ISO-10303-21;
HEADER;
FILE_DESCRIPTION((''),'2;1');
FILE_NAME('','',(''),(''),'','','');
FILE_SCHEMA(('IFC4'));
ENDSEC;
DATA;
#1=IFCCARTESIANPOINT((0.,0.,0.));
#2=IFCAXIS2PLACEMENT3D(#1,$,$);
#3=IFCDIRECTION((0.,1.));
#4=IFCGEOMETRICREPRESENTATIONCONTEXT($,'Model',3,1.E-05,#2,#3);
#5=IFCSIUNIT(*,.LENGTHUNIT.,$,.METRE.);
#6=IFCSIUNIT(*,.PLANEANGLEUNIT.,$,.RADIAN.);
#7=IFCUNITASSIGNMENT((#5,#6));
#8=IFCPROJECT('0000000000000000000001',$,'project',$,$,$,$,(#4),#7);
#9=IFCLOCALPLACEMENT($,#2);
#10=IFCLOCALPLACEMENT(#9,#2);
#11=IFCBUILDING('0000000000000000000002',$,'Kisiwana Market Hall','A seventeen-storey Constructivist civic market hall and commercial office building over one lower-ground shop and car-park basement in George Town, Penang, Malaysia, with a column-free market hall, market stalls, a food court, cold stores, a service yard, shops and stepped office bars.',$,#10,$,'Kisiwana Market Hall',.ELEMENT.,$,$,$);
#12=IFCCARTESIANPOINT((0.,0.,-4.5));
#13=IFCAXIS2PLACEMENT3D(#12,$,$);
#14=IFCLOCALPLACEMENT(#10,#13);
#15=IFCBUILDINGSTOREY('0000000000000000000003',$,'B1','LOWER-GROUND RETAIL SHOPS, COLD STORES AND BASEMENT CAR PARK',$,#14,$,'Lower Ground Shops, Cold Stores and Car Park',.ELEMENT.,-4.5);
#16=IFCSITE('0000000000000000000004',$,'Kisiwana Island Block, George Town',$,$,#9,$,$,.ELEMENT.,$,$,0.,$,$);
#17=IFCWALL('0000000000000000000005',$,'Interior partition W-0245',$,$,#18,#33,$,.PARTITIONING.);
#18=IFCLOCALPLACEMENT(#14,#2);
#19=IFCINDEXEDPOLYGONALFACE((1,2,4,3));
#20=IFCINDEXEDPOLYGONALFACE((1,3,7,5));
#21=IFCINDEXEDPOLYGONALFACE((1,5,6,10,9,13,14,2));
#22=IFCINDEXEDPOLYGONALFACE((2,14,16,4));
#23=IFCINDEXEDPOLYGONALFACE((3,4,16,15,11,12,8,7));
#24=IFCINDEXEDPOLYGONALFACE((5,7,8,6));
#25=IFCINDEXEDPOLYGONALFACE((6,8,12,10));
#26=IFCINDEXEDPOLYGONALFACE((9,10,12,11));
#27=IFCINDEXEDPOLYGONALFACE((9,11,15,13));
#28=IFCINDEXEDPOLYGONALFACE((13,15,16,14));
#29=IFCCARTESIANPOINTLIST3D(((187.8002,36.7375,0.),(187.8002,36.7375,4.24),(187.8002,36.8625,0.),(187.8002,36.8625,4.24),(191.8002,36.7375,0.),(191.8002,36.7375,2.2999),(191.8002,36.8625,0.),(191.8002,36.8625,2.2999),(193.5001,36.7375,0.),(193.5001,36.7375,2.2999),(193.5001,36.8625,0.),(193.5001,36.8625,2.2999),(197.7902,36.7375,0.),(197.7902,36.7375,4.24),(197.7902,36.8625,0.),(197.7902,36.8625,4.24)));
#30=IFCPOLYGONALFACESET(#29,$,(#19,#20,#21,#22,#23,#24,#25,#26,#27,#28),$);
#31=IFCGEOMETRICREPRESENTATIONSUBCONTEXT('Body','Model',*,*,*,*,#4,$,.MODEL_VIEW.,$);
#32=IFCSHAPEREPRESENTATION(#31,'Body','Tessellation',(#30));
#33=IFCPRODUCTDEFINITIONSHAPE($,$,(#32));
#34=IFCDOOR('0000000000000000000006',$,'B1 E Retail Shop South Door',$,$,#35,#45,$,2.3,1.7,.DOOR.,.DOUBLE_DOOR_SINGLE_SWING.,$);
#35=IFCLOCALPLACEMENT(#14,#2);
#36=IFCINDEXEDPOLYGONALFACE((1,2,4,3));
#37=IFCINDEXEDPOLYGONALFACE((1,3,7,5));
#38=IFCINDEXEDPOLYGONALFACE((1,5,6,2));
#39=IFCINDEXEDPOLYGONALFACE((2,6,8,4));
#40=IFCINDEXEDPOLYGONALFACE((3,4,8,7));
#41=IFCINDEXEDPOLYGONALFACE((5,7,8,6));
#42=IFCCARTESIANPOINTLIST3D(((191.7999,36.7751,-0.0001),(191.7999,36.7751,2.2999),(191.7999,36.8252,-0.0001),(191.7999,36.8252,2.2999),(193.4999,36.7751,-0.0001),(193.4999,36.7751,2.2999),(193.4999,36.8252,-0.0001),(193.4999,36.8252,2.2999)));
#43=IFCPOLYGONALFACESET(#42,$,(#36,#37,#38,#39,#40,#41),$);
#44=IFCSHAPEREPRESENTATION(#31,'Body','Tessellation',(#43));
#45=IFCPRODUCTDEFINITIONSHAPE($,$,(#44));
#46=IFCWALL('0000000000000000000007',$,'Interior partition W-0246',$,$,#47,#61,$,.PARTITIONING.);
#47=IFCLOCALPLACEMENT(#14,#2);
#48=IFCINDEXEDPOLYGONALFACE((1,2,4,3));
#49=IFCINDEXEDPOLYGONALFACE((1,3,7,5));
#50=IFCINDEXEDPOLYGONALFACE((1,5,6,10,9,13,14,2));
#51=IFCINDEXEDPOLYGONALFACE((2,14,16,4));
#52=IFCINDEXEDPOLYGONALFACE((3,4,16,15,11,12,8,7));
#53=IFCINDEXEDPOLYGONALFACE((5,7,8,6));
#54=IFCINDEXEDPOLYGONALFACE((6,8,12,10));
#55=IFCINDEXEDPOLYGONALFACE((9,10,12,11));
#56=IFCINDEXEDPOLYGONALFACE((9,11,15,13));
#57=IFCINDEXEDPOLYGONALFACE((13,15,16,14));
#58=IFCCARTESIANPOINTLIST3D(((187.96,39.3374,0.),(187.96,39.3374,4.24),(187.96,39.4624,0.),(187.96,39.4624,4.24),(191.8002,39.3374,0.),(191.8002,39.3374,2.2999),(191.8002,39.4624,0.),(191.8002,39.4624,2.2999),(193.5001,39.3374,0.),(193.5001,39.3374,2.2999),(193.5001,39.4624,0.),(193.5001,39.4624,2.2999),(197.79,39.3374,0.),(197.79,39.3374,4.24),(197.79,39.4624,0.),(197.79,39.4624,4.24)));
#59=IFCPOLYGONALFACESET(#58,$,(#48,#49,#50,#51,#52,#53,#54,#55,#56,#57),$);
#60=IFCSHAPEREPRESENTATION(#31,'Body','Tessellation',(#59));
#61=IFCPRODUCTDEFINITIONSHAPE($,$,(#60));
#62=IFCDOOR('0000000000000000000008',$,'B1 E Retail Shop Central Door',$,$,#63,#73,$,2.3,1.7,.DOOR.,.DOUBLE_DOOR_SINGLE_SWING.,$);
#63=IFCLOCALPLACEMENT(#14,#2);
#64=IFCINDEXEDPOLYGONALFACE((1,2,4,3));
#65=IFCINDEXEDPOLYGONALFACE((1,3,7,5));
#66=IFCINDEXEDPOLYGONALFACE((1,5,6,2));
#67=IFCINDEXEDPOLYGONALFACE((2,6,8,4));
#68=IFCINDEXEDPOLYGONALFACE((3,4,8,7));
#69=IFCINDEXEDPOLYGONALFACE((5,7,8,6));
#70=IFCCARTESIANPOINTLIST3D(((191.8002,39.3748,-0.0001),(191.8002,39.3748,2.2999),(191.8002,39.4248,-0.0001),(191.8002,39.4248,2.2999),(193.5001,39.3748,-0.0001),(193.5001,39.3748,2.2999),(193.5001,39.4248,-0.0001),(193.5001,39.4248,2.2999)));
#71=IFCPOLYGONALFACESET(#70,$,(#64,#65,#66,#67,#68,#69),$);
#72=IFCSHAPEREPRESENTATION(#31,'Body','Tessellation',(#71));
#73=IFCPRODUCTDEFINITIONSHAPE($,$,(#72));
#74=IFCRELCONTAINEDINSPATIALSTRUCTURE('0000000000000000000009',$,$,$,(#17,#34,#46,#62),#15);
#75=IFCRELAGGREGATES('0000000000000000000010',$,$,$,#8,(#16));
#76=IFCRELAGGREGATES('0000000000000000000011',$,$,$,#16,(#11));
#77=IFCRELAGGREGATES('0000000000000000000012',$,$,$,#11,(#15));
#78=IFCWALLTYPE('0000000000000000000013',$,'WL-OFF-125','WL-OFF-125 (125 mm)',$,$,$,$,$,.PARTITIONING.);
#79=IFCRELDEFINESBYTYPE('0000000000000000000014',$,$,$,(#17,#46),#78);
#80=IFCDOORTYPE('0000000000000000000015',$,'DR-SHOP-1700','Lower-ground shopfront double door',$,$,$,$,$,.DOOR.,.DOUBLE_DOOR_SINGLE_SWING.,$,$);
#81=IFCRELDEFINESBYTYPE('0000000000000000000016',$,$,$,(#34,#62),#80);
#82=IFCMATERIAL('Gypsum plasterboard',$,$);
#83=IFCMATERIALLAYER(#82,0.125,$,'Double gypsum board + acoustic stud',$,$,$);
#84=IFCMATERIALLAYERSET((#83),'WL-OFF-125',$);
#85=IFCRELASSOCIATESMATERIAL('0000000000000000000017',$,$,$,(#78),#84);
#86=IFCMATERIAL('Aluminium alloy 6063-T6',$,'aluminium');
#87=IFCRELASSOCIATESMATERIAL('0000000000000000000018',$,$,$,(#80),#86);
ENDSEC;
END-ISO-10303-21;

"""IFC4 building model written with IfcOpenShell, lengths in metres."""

from ifc_helpers import new_model, si_unit, direction, frame, frame_2d, origin, place, context, subcontext, project, spatial, rectangle, extrude, material, layer, layer_set, type_object, element, fill, save


model = new_model("IFC4")

# Units and contexts
model_context = context("Model", 3, precision=1e-05, world=origin(), true_north=direction((0.0, 1.0)))
body_context = subcontext(model_context, "Body", "Model", "MODEL_VIEW")
ifc_project = project(units=[si_unit("LENGTHUNIT", "METRE"), si_unit("PLANEANGLEUNIT", "RADIAN")], contexts=[model_context])

# Site, building, storey
site_placement = place(None, origin())
site = spatial("IfcSite", under=ifc_project, at=site_placement, Name="Kisiwana Island Block, George Town", CompositionType="ELEMENT", RefElevation=0.0)
building_placement = place(site_placement, origin())
building = spatial("IfcBuilding", under=site, at=building_placement, Name="Kisiwana Market Hall", Description="A seventeen-storey Constructivist civic market hall and commercial office building over one lower-ground shop and car-park basement in George Town, Penang, Malaysia, with a column-free market hall, market stalls, a food court, cold stores, a service yard, shops and stepped office bars.", LongName="Kisiwana Market Hall", CompositionType="ELEMENT")
storey_placement = place(building_placement, frame((0.0, 0.0, -4.5)))
storey = spatial("IfcBuildingStorey", under=building, at=storey_placement, Name="B1", Description="LOWER-GROUND RETAIL SHOPS, COLD STORES AND BASEMENT CAR PARK", LongName="Lower Ground Shops, Cold Stores and Car Park", CompositionType="ELEMENT", Elevation=-4.5)

# Shared definitions
ifc_material_1 = material(Name="Gypsum plasterboard")
ifc_layer_1 = layer(ifc_material_1, 0.125, Name="Double gypsum board + acoustic stud")
ifc_layer_set_1 = layer_set([ifc_layer_1], Name="WL-OFF-125")
wall_type_1 = type_object("IfcWallType", Name="WL-OFF-125", Description="WL-OFF-125 (125 mm)", PredefinedType="PARTITIONING", material=ifc_layer_set_1)

# Walls, openings, doors
wall_1_placement = place(storey_placement, frame((187.8, 36.8, 0.0), z_axis=(0.0, 0.0, 1.0), x_axis=(1.0, 0.0, 0.0)))
wall_1 = element("IfcWall", 1, at=wall_1_placement, inside=storey, type_object=wall_type_1, Name="Interior partition W-0245", PredefinedType="PARTITIONING", context=body_context, shape_type="SweptSolid", body=[
    extrude(rectangle(XDim=9.99, YDim=0.125, at=frame_2d((4.9951, 0.0))), origin(), (0.0, 0.0, 1.0), 4.24),
])
opening_1_placement = place(wall_1_placement, frame((4.0, 0.0, 0.0)))
opening_1 = element("IfcOpeningElement", 2, at=opening_1_placement, cuts=wall_1, PredefinedType="OPENING", context=body_context, shape_type="SweptSolid", body=[
    extrude(rectangle(XDim=1.7, YDim=2.3, at=frame_2d((0.8501, 1.1499))), frame((0.0, 0.0745, 0.0), z_axis=(0.0, -1.0, 0.0), x_axis=(1.0, 0.0, 0.0)), (0.0, 0.0, 1.0), 0.1489),
])
ifc_material_2 = material(Name="Aluminium alloy 6063-T6", Category="aluminium")
door_type_1 = type_object("IfcDoorType", Name="DR-SHOP-1700", Description="Lower-ground shopfront double door", OperationType="DOUBLE_DOOR_SINGLE_SWING", PredefinedType="DOOR", material=ifc_material_2)
door_1_placement = place(opening_1_placement, frame((1.7, 0.0, 0.0), z_axis=(0.0, 0.0, 1.0), x_axis=(-1.0, 0.0, 0.0)))
door_1 = element("IfcDoor", 3, at=door_1_placement, inside=storey, type_object=door_type_1, Name="B1 E Retail Shop South Door", OperationType="DOUBLE_DOOR_SINGLE_SWING", OverallHeight=2.3, OverallWidth=1.7, PredefinedType="DOOR", context=body_context, shape_type="SweptSolid", body=[
    extrude(rectangle(XDim=1.7, YDim=2.3, at=frame_2d((0.8501, 1.1499))), frame((0.0, 0.0249, 0.0), z_axis=(0.0, -1.0, 0.0), x_axis=(1.0, 0.0, 0.0)), (0.0, 0.0, 1.0), 0.05),
])
fill(opening_1, door_1)
wall_2_placement = place(storey_placement, frame((187.96, 39.3999, 0.0), z_axis=(0.0, 0.0, 1.0), x_axis=(1.0, 0.0, 0.0)))
wall_2 = element("IfcWall", 4, at=wall_2_placement, inside=storey, type_object=wall_type_1, Name="Interior partition W-0246", PredefinedType="PARTITIONING", context=body_context, shape_type="SweptSolid", body=[
    extrude(rectangle(XDim=9.8301, YDim=0.125, at=frame_2d((4.915, 0.0))), origin(), (0.0, 0.0, 1.0), 4.24),
])
opening_2_placement = place(wall_2_placement, frame((3.8401, 0.0, 0.0)))
opening_2 = element("IfcOpeningElement", 5, at=opening_2_placement, cuts=wall_2, PredefinedType="OPENING", context=body_context, shape_type="SweptSolid", body=[
    extrude(rectangle(XDim=1.7, YDim=2.3, at=frame_2d((0.8501, 1.1499))), frame((0.0, 0.0745, 0.0), z_axis=(0.0, -1.0, 0.0), x_axis=(1.0, 0.0, 0.0)), (0.0, 0.0, 1.0), 0.1489),
])
door_2_placement = place(opening_2_placement, origin())
door_2 = element("IfcDoor", 6, at=door_2_placement, inside=storey, type_object=door_type_1, Name="B1 E Retail Shop Central Door", OperationType="DOUBLE_DOOR_SINGLE_SWING", OverallHeight=2.3, OverallWidth=1.7, PredefinedType="DOOR", context=body_context, shape_type="SweptSolid", body=[
    extrude(rectangle(XDim=1.7, YDim=2.3, at=frame_2d((0.8501, 1.1499))), frame((0.0, 0.0249, 0.0), z_axis=(0.0, -1.0, 0.0), x_axis=(1.0, 0.0, 0.0)), (0.0, 0.0, 1.0), 0.05),
])
fill(opening_2, door_2)

save(model, "model.ifc")
